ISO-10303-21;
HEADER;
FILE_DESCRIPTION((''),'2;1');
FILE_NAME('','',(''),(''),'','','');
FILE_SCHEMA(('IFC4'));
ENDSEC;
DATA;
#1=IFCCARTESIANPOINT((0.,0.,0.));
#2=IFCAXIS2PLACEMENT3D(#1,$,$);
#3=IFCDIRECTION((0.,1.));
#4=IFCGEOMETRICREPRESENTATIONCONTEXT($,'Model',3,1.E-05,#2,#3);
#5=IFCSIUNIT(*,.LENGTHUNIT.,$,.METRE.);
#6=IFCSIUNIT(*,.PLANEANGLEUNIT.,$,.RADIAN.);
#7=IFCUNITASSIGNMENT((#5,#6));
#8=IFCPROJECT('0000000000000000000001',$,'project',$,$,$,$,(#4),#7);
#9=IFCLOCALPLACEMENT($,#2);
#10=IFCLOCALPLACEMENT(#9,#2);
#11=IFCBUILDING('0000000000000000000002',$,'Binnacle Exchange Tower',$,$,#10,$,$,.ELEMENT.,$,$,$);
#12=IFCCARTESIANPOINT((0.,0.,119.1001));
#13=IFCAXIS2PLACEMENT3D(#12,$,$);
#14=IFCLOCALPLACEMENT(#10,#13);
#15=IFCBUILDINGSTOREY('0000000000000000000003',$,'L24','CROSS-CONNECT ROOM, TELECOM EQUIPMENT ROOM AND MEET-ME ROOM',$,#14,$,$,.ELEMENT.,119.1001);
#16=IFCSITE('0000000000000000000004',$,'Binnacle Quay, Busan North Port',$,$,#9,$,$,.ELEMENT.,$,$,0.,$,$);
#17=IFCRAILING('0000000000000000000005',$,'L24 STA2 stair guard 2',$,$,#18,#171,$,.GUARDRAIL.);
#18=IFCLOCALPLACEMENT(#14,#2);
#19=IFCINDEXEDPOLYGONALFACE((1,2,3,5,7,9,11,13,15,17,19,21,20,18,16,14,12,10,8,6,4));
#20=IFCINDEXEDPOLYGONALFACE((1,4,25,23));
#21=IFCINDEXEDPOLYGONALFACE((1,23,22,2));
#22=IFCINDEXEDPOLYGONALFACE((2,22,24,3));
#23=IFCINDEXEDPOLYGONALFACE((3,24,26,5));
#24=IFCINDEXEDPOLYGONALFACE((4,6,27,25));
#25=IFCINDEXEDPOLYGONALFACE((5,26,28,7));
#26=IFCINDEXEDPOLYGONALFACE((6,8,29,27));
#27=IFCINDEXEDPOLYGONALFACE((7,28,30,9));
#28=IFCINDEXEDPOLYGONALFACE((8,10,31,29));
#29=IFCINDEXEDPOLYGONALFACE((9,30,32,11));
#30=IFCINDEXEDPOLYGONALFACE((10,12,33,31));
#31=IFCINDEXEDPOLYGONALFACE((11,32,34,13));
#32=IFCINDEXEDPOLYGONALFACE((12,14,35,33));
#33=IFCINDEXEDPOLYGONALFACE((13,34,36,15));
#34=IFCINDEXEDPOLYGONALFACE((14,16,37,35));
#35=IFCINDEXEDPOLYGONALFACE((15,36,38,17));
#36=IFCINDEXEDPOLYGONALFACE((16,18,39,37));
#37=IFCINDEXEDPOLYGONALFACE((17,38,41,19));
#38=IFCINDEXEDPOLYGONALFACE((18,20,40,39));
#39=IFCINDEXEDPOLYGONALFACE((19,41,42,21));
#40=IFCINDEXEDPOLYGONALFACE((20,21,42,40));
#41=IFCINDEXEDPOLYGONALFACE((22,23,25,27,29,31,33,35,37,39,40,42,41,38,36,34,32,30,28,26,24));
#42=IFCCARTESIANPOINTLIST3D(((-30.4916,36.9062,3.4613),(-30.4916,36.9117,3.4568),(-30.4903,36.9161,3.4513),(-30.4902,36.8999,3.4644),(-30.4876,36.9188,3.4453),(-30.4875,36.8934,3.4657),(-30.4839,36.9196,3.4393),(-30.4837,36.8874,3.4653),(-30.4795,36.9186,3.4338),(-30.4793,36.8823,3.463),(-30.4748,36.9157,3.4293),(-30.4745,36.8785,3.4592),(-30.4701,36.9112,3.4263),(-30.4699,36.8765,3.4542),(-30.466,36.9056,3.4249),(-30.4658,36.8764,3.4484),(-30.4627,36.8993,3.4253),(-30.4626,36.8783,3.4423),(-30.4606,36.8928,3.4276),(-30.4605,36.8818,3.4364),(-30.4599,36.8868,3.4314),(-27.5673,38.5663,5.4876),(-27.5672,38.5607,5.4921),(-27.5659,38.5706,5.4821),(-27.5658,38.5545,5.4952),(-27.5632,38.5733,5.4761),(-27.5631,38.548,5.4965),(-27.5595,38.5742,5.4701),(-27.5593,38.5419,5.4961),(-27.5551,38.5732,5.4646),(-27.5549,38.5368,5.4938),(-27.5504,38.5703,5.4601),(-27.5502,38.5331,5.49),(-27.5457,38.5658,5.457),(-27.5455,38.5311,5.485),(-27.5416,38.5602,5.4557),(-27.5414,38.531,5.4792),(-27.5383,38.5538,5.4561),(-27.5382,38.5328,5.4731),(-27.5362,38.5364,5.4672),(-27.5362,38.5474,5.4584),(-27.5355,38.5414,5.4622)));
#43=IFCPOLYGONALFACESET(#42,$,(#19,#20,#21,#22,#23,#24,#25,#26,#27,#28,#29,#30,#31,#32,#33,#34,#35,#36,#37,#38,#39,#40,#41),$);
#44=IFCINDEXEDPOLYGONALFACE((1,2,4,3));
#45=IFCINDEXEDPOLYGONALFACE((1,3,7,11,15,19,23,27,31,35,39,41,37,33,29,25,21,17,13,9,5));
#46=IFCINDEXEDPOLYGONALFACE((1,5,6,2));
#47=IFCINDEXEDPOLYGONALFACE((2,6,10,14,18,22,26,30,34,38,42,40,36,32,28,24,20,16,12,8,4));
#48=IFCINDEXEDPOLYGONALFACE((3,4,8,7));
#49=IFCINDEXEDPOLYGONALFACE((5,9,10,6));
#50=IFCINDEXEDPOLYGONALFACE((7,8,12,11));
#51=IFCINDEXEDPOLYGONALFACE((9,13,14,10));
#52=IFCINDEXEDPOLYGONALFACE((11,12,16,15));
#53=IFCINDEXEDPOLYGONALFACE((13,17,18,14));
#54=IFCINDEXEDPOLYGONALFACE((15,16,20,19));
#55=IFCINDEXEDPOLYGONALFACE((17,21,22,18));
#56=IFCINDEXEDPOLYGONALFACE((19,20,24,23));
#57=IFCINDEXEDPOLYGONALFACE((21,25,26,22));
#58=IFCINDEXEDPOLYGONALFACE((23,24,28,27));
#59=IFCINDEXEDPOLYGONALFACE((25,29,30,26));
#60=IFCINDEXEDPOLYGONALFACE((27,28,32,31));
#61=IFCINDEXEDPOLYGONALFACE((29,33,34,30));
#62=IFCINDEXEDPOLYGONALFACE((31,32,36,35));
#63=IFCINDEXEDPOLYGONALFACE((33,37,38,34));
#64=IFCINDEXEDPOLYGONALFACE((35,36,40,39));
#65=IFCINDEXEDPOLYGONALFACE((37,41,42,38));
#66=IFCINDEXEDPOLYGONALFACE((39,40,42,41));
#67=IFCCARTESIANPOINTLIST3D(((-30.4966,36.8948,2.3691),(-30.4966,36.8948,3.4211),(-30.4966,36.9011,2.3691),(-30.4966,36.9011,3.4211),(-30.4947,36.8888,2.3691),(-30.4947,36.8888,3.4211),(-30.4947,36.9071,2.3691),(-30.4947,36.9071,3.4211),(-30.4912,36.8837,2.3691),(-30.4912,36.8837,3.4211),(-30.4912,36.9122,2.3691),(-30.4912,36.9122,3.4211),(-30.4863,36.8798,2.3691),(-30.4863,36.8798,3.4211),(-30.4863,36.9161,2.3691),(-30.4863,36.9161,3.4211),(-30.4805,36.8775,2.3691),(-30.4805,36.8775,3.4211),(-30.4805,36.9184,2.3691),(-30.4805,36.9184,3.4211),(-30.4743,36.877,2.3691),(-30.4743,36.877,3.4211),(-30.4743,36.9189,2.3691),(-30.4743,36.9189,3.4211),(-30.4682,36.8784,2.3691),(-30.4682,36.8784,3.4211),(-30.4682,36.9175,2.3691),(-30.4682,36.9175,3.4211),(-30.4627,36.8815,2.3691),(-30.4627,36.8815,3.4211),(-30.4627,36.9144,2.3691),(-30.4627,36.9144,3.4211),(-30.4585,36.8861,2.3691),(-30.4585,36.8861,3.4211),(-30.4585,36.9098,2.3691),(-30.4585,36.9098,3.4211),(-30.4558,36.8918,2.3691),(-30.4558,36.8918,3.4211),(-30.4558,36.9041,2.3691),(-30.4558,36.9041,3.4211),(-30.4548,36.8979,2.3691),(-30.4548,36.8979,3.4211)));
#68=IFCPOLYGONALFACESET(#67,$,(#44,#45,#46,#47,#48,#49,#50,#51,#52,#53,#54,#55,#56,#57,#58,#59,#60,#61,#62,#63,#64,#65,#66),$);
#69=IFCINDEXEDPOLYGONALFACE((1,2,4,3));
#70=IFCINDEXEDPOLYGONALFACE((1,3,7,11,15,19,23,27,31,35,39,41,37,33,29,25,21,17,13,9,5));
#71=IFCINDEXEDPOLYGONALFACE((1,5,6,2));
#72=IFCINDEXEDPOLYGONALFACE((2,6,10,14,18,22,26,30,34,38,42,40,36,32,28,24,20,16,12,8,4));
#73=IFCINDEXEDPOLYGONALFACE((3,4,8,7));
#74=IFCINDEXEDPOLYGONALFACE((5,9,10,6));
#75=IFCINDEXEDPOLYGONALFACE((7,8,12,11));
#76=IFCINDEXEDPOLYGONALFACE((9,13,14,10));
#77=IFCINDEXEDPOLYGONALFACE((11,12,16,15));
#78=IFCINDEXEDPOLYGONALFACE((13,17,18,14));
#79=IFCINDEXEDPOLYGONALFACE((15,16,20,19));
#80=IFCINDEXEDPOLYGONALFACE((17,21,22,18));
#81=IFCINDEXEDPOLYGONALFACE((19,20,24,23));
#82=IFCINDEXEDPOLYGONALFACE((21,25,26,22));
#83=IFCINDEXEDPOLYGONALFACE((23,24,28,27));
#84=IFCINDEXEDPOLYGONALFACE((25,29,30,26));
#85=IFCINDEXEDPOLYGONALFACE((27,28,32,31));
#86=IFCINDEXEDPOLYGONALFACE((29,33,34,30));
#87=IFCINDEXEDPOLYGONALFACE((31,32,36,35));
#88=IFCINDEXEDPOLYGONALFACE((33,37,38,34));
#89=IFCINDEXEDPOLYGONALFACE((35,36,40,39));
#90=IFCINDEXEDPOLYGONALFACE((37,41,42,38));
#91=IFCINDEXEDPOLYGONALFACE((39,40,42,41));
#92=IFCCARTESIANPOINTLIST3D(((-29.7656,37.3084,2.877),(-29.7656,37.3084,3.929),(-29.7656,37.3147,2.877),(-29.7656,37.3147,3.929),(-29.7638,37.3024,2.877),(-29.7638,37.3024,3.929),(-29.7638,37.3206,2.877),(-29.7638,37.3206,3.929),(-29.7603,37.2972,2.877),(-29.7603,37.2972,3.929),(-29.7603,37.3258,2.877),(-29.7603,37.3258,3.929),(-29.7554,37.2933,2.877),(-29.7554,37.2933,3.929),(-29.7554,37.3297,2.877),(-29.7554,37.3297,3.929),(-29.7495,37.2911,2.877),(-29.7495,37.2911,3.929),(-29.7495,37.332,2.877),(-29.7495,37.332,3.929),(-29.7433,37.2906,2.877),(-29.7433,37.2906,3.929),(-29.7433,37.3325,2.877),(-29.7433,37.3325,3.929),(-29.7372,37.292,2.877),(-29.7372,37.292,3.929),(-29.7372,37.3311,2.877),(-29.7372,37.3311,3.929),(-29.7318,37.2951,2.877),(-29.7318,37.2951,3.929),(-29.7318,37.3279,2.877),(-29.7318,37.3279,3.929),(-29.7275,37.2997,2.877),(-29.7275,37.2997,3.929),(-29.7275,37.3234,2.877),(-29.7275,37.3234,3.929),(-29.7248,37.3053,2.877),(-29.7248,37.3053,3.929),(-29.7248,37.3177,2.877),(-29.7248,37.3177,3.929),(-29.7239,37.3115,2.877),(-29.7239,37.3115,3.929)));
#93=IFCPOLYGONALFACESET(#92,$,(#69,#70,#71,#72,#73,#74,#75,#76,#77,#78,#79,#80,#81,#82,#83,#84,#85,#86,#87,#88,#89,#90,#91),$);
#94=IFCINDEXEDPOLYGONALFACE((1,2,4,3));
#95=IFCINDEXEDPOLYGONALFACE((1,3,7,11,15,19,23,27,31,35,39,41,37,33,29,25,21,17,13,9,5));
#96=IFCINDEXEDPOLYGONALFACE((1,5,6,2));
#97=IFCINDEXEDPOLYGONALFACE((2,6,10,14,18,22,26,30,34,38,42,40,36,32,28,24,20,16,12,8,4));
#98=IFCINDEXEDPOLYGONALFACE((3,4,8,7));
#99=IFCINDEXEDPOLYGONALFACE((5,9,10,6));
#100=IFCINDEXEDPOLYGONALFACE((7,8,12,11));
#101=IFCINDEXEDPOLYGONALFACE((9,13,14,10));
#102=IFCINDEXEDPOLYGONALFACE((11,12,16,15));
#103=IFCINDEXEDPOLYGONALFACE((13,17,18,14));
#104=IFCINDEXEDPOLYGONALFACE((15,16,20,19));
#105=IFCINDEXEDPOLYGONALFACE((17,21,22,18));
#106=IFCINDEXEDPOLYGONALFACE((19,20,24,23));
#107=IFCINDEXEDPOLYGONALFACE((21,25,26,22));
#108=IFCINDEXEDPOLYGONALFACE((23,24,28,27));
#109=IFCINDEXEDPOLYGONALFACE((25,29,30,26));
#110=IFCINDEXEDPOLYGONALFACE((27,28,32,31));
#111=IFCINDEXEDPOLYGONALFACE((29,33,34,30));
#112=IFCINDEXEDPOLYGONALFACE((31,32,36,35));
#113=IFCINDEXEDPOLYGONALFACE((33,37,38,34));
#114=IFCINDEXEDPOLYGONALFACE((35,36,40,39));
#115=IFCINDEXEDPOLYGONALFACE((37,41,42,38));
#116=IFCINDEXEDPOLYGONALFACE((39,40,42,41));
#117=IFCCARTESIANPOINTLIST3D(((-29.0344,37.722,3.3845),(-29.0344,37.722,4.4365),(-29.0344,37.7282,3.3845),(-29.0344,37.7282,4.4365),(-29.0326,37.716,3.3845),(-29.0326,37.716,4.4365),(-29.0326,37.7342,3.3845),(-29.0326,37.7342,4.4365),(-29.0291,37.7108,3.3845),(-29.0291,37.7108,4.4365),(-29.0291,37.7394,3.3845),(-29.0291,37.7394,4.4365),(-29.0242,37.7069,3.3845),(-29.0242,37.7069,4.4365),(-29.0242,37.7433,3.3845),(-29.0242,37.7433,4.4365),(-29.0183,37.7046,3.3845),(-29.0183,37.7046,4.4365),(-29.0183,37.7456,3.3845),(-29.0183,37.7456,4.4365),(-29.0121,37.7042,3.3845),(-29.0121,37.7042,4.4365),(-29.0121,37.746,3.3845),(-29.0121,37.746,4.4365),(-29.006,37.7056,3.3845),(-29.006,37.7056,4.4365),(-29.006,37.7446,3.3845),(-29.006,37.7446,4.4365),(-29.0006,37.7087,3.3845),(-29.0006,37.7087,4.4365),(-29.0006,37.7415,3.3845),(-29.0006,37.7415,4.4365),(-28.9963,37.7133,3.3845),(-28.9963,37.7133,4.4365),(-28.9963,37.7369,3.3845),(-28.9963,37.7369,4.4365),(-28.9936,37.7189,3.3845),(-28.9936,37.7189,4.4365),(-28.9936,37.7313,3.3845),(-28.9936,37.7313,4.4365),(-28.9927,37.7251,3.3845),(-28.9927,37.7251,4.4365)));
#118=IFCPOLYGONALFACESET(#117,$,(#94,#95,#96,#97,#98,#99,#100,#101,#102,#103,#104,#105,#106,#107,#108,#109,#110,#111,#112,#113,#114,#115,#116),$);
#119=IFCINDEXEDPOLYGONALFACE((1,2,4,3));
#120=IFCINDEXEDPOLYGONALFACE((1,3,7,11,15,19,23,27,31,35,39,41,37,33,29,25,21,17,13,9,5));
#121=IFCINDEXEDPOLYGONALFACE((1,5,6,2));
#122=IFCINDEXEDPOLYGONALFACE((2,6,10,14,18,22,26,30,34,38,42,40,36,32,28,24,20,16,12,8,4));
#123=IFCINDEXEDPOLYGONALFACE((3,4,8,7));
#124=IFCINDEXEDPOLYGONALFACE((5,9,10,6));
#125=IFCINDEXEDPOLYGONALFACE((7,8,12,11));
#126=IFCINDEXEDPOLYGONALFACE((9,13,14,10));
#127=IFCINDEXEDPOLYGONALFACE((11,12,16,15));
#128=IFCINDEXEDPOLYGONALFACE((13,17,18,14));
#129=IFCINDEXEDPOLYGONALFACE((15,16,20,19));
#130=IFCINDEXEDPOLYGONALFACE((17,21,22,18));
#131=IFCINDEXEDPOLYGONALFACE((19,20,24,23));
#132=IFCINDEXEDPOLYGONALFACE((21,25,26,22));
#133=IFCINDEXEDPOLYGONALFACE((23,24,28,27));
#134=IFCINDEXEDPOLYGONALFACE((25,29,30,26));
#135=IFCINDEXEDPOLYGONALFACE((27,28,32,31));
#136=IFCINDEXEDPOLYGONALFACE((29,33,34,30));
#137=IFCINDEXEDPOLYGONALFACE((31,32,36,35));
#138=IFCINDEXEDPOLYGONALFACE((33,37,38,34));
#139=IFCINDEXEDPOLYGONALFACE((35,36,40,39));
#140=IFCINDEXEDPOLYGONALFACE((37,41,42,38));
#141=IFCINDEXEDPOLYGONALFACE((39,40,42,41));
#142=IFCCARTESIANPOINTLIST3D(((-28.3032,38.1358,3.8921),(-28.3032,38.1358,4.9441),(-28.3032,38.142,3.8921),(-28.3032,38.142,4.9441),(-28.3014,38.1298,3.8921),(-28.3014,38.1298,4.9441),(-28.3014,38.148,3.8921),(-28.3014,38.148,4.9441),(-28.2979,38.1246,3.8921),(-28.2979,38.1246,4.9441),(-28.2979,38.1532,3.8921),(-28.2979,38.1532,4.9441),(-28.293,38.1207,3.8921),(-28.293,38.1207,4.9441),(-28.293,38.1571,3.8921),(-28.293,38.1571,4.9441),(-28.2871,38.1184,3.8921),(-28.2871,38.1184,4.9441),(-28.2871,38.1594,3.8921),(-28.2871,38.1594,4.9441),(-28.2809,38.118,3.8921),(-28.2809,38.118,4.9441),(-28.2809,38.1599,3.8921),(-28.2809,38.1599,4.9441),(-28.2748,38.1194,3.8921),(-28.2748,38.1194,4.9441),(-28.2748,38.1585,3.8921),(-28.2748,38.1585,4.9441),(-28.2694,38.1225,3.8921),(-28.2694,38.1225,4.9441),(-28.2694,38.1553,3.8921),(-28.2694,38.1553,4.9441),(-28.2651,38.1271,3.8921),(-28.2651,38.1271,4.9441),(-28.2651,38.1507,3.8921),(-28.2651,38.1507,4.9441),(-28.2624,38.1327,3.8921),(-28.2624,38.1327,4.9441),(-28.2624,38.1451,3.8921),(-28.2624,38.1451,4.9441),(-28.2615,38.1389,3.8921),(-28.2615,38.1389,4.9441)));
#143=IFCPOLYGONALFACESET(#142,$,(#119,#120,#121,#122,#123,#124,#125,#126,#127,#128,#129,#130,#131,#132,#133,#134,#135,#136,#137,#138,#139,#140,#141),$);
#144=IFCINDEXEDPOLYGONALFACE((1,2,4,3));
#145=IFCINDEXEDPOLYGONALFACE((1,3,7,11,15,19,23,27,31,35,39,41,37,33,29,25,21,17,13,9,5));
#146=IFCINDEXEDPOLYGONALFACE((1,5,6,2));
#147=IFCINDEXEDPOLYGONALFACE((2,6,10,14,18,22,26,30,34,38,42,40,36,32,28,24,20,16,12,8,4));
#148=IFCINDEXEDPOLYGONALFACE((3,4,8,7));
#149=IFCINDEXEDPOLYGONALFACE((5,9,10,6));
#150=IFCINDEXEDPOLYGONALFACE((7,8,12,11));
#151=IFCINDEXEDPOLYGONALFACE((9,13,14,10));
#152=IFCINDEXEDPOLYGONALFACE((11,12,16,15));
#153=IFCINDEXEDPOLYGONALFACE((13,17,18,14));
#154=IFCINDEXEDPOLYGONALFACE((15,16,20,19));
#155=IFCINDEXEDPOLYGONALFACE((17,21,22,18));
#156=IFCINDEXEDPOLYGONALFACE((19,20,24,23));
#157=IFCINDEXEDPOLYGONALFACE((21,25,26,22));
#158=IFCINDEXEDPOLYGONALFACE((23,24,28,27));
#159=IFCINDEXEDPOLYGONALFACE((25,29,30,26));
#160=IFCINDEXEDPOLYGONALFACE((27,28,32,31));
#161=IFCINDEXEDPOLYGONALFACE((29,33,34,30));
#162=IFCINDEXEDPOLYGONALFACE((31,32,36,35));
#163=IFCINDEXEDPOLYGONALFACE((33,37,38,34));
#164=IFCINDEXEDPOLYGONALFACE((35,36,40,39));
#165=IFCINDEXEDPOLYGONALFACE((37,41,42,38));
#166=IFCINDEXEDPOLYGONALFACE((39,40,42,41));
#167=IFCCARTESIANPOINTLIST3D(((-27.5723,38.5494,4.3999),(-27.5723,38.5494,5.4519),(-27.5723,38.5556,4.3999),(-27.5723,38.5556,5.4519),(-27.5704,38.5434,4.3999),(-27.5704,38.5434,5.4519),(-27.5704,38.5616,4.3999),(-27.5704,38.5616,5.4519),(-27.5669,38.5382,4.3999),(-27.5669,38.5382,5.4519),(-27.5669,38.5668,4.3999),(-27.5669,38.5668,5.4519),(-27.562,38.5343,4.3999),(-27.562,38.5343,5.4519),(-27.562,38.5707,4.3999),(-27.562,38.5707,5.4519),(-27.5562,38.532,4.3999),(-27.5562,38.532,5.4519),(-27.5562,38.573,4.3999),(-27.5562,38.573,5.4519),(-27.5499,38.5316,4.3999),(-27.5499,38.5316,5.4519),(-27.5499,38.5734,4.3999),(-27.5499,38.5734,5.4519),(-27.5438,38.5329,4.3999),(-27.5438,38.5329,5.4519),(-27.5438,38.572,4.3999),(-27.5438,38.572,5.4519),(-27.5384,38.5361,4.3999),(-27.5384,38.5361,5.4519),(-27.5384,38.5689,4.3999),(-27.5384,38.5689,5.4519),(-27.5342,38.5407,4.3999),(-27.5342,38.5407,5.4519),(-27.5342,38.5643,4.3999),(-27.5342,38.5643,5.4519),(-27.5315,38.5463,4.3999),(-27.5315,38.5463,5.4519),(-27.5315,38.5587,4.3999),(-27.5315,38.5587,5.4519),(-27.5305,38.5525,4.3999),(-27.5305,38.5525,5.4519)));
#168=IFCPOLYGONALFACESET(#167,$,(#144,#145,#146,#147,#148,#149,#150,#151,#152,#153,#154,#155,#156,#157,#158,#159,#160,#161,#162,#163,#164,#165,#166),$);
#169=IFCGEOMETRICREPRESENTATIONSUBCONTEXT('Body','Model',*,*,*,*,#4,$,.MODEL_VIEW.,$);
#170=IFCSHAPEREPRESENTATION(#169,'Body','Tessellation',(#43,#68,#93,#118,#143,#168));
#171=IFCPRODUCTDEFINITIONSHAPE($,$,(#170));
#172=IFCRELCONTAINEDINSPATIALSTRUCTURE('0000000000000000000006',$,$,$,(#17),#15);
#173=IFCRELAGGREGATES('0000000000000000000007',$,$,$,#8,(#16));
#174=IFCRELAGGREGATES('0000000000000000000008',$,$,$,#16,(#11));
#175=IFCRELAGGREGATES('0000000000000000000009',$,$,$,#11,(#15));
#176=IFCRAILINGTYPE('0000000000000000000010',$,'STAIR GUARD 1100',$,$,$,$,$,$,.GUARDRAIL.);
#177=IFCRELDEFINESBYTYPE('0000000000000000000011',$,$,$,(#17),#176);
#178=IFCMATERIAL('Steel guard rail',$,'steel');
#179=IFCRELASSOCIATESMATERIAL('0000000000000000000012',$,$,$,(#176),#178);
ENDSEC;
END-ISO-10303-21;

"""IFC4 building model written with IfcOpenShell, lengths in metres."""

from ifc_helpers import new_model, si_unit, direction, frame, origin, origin_2d, place, context, subcontext, project, spatial, circle, extrude, material, type_object, element, save


model = new_model("IFC4")

# Units and contexts
model_context = context("Model", 3, precision=1e-05, world=origin(), true_north=direction((0.0, 1.0)))
body_context = subcontext(model_context, "Body", "Model", "MODEL_VIEW")
ifc_project = project(units=[si_unit("LENGTHUNIT", "METRE"), si_unit("PLANEANGLEUNIT", "RADIAN")], contexts=[model_context])

# Site, building, storey
site_placement = place(None, origin())
site = spatial("IfcSite", under=ifc_project, at=site_placement, Name="Binnacle Quay, Busan North Port", CompositionType="ELEMENT", RefElevation=0.0)
building_placement = place(site_placement, origin())
building = spatial("IfcBuilding", under=site, at=building_placement, Name="Binnacle Exchange Tower", CompositionType="ELEMENT")
storey_placement = place(building_placement, frame((0.0, 0.0, 119.1001)))
storey = spatial("IfcBuildingStorey", under=building, at=storey_placement, Name="L24", Description="CROSS-CONNECT ROOM, TELECOM EQUIPMENT ROOM AND MEET-ME ROOM", CompositionType="ELEMENT", Elevation=119.1001)

# Railing
ifc_material_1 = material(Name="Steel guard rail", Category="steel")
railing_type = type_object("IfcRailingType", Name="STAIR GUARD 1100", PredefinedType="GUARDRAIL", material=ifc_material_1)
railing_placement = place(storey_placement, frame((-30.4758, 36.8979, 2.3691)))
element("IfcRailing", 1, at=railing_placement, inside=storey, type_object=railing_type, Name="L24 STA2 stair guard 2", PredefinedType="GUARDRAIL", context=body_context, shape_type="SweptSolid", body=[
    extrude(circle(Radius=0.0239, at=origin_2d()), frame((0.0, 0.0, 1.0762), z_axis=(0.744867, 0.421437, 0.517266), x_axis=(-0.492433, 0.87035, 0.0)), (0.0, 0.0, 1.0), 3.926),
    extrude(circle(Radius=0.021, at=origin_2d()), origin(), (0.0, 0.0, 1.0), 1.052),
    extrude(circle(Radius=0.021, at=origin_2d()), frame((0.731, 0.4136, 0.5078)), (0.0, 0.0, 1.0), 1.052),
    extrude(circle(Radius=0.021, at=origin_2d()), frame((1.4622, 0.8271, 1.0154)), (0.0, 0.0, 1.0), 1.052),
    extrude(circle(Radius=0.021, at=origin_2d()), frame((2.1934, 1.241, 1.5229)), (0.0, 0.0, 1.0), 1.052),
    extrude(circle(Radius=0.021, at=origin_2d()), frame((2.9243, 1.6545, 2.0308)), (0.0, 0.0, 1.0), 1.052),
])

save(model, "model.ifc")
